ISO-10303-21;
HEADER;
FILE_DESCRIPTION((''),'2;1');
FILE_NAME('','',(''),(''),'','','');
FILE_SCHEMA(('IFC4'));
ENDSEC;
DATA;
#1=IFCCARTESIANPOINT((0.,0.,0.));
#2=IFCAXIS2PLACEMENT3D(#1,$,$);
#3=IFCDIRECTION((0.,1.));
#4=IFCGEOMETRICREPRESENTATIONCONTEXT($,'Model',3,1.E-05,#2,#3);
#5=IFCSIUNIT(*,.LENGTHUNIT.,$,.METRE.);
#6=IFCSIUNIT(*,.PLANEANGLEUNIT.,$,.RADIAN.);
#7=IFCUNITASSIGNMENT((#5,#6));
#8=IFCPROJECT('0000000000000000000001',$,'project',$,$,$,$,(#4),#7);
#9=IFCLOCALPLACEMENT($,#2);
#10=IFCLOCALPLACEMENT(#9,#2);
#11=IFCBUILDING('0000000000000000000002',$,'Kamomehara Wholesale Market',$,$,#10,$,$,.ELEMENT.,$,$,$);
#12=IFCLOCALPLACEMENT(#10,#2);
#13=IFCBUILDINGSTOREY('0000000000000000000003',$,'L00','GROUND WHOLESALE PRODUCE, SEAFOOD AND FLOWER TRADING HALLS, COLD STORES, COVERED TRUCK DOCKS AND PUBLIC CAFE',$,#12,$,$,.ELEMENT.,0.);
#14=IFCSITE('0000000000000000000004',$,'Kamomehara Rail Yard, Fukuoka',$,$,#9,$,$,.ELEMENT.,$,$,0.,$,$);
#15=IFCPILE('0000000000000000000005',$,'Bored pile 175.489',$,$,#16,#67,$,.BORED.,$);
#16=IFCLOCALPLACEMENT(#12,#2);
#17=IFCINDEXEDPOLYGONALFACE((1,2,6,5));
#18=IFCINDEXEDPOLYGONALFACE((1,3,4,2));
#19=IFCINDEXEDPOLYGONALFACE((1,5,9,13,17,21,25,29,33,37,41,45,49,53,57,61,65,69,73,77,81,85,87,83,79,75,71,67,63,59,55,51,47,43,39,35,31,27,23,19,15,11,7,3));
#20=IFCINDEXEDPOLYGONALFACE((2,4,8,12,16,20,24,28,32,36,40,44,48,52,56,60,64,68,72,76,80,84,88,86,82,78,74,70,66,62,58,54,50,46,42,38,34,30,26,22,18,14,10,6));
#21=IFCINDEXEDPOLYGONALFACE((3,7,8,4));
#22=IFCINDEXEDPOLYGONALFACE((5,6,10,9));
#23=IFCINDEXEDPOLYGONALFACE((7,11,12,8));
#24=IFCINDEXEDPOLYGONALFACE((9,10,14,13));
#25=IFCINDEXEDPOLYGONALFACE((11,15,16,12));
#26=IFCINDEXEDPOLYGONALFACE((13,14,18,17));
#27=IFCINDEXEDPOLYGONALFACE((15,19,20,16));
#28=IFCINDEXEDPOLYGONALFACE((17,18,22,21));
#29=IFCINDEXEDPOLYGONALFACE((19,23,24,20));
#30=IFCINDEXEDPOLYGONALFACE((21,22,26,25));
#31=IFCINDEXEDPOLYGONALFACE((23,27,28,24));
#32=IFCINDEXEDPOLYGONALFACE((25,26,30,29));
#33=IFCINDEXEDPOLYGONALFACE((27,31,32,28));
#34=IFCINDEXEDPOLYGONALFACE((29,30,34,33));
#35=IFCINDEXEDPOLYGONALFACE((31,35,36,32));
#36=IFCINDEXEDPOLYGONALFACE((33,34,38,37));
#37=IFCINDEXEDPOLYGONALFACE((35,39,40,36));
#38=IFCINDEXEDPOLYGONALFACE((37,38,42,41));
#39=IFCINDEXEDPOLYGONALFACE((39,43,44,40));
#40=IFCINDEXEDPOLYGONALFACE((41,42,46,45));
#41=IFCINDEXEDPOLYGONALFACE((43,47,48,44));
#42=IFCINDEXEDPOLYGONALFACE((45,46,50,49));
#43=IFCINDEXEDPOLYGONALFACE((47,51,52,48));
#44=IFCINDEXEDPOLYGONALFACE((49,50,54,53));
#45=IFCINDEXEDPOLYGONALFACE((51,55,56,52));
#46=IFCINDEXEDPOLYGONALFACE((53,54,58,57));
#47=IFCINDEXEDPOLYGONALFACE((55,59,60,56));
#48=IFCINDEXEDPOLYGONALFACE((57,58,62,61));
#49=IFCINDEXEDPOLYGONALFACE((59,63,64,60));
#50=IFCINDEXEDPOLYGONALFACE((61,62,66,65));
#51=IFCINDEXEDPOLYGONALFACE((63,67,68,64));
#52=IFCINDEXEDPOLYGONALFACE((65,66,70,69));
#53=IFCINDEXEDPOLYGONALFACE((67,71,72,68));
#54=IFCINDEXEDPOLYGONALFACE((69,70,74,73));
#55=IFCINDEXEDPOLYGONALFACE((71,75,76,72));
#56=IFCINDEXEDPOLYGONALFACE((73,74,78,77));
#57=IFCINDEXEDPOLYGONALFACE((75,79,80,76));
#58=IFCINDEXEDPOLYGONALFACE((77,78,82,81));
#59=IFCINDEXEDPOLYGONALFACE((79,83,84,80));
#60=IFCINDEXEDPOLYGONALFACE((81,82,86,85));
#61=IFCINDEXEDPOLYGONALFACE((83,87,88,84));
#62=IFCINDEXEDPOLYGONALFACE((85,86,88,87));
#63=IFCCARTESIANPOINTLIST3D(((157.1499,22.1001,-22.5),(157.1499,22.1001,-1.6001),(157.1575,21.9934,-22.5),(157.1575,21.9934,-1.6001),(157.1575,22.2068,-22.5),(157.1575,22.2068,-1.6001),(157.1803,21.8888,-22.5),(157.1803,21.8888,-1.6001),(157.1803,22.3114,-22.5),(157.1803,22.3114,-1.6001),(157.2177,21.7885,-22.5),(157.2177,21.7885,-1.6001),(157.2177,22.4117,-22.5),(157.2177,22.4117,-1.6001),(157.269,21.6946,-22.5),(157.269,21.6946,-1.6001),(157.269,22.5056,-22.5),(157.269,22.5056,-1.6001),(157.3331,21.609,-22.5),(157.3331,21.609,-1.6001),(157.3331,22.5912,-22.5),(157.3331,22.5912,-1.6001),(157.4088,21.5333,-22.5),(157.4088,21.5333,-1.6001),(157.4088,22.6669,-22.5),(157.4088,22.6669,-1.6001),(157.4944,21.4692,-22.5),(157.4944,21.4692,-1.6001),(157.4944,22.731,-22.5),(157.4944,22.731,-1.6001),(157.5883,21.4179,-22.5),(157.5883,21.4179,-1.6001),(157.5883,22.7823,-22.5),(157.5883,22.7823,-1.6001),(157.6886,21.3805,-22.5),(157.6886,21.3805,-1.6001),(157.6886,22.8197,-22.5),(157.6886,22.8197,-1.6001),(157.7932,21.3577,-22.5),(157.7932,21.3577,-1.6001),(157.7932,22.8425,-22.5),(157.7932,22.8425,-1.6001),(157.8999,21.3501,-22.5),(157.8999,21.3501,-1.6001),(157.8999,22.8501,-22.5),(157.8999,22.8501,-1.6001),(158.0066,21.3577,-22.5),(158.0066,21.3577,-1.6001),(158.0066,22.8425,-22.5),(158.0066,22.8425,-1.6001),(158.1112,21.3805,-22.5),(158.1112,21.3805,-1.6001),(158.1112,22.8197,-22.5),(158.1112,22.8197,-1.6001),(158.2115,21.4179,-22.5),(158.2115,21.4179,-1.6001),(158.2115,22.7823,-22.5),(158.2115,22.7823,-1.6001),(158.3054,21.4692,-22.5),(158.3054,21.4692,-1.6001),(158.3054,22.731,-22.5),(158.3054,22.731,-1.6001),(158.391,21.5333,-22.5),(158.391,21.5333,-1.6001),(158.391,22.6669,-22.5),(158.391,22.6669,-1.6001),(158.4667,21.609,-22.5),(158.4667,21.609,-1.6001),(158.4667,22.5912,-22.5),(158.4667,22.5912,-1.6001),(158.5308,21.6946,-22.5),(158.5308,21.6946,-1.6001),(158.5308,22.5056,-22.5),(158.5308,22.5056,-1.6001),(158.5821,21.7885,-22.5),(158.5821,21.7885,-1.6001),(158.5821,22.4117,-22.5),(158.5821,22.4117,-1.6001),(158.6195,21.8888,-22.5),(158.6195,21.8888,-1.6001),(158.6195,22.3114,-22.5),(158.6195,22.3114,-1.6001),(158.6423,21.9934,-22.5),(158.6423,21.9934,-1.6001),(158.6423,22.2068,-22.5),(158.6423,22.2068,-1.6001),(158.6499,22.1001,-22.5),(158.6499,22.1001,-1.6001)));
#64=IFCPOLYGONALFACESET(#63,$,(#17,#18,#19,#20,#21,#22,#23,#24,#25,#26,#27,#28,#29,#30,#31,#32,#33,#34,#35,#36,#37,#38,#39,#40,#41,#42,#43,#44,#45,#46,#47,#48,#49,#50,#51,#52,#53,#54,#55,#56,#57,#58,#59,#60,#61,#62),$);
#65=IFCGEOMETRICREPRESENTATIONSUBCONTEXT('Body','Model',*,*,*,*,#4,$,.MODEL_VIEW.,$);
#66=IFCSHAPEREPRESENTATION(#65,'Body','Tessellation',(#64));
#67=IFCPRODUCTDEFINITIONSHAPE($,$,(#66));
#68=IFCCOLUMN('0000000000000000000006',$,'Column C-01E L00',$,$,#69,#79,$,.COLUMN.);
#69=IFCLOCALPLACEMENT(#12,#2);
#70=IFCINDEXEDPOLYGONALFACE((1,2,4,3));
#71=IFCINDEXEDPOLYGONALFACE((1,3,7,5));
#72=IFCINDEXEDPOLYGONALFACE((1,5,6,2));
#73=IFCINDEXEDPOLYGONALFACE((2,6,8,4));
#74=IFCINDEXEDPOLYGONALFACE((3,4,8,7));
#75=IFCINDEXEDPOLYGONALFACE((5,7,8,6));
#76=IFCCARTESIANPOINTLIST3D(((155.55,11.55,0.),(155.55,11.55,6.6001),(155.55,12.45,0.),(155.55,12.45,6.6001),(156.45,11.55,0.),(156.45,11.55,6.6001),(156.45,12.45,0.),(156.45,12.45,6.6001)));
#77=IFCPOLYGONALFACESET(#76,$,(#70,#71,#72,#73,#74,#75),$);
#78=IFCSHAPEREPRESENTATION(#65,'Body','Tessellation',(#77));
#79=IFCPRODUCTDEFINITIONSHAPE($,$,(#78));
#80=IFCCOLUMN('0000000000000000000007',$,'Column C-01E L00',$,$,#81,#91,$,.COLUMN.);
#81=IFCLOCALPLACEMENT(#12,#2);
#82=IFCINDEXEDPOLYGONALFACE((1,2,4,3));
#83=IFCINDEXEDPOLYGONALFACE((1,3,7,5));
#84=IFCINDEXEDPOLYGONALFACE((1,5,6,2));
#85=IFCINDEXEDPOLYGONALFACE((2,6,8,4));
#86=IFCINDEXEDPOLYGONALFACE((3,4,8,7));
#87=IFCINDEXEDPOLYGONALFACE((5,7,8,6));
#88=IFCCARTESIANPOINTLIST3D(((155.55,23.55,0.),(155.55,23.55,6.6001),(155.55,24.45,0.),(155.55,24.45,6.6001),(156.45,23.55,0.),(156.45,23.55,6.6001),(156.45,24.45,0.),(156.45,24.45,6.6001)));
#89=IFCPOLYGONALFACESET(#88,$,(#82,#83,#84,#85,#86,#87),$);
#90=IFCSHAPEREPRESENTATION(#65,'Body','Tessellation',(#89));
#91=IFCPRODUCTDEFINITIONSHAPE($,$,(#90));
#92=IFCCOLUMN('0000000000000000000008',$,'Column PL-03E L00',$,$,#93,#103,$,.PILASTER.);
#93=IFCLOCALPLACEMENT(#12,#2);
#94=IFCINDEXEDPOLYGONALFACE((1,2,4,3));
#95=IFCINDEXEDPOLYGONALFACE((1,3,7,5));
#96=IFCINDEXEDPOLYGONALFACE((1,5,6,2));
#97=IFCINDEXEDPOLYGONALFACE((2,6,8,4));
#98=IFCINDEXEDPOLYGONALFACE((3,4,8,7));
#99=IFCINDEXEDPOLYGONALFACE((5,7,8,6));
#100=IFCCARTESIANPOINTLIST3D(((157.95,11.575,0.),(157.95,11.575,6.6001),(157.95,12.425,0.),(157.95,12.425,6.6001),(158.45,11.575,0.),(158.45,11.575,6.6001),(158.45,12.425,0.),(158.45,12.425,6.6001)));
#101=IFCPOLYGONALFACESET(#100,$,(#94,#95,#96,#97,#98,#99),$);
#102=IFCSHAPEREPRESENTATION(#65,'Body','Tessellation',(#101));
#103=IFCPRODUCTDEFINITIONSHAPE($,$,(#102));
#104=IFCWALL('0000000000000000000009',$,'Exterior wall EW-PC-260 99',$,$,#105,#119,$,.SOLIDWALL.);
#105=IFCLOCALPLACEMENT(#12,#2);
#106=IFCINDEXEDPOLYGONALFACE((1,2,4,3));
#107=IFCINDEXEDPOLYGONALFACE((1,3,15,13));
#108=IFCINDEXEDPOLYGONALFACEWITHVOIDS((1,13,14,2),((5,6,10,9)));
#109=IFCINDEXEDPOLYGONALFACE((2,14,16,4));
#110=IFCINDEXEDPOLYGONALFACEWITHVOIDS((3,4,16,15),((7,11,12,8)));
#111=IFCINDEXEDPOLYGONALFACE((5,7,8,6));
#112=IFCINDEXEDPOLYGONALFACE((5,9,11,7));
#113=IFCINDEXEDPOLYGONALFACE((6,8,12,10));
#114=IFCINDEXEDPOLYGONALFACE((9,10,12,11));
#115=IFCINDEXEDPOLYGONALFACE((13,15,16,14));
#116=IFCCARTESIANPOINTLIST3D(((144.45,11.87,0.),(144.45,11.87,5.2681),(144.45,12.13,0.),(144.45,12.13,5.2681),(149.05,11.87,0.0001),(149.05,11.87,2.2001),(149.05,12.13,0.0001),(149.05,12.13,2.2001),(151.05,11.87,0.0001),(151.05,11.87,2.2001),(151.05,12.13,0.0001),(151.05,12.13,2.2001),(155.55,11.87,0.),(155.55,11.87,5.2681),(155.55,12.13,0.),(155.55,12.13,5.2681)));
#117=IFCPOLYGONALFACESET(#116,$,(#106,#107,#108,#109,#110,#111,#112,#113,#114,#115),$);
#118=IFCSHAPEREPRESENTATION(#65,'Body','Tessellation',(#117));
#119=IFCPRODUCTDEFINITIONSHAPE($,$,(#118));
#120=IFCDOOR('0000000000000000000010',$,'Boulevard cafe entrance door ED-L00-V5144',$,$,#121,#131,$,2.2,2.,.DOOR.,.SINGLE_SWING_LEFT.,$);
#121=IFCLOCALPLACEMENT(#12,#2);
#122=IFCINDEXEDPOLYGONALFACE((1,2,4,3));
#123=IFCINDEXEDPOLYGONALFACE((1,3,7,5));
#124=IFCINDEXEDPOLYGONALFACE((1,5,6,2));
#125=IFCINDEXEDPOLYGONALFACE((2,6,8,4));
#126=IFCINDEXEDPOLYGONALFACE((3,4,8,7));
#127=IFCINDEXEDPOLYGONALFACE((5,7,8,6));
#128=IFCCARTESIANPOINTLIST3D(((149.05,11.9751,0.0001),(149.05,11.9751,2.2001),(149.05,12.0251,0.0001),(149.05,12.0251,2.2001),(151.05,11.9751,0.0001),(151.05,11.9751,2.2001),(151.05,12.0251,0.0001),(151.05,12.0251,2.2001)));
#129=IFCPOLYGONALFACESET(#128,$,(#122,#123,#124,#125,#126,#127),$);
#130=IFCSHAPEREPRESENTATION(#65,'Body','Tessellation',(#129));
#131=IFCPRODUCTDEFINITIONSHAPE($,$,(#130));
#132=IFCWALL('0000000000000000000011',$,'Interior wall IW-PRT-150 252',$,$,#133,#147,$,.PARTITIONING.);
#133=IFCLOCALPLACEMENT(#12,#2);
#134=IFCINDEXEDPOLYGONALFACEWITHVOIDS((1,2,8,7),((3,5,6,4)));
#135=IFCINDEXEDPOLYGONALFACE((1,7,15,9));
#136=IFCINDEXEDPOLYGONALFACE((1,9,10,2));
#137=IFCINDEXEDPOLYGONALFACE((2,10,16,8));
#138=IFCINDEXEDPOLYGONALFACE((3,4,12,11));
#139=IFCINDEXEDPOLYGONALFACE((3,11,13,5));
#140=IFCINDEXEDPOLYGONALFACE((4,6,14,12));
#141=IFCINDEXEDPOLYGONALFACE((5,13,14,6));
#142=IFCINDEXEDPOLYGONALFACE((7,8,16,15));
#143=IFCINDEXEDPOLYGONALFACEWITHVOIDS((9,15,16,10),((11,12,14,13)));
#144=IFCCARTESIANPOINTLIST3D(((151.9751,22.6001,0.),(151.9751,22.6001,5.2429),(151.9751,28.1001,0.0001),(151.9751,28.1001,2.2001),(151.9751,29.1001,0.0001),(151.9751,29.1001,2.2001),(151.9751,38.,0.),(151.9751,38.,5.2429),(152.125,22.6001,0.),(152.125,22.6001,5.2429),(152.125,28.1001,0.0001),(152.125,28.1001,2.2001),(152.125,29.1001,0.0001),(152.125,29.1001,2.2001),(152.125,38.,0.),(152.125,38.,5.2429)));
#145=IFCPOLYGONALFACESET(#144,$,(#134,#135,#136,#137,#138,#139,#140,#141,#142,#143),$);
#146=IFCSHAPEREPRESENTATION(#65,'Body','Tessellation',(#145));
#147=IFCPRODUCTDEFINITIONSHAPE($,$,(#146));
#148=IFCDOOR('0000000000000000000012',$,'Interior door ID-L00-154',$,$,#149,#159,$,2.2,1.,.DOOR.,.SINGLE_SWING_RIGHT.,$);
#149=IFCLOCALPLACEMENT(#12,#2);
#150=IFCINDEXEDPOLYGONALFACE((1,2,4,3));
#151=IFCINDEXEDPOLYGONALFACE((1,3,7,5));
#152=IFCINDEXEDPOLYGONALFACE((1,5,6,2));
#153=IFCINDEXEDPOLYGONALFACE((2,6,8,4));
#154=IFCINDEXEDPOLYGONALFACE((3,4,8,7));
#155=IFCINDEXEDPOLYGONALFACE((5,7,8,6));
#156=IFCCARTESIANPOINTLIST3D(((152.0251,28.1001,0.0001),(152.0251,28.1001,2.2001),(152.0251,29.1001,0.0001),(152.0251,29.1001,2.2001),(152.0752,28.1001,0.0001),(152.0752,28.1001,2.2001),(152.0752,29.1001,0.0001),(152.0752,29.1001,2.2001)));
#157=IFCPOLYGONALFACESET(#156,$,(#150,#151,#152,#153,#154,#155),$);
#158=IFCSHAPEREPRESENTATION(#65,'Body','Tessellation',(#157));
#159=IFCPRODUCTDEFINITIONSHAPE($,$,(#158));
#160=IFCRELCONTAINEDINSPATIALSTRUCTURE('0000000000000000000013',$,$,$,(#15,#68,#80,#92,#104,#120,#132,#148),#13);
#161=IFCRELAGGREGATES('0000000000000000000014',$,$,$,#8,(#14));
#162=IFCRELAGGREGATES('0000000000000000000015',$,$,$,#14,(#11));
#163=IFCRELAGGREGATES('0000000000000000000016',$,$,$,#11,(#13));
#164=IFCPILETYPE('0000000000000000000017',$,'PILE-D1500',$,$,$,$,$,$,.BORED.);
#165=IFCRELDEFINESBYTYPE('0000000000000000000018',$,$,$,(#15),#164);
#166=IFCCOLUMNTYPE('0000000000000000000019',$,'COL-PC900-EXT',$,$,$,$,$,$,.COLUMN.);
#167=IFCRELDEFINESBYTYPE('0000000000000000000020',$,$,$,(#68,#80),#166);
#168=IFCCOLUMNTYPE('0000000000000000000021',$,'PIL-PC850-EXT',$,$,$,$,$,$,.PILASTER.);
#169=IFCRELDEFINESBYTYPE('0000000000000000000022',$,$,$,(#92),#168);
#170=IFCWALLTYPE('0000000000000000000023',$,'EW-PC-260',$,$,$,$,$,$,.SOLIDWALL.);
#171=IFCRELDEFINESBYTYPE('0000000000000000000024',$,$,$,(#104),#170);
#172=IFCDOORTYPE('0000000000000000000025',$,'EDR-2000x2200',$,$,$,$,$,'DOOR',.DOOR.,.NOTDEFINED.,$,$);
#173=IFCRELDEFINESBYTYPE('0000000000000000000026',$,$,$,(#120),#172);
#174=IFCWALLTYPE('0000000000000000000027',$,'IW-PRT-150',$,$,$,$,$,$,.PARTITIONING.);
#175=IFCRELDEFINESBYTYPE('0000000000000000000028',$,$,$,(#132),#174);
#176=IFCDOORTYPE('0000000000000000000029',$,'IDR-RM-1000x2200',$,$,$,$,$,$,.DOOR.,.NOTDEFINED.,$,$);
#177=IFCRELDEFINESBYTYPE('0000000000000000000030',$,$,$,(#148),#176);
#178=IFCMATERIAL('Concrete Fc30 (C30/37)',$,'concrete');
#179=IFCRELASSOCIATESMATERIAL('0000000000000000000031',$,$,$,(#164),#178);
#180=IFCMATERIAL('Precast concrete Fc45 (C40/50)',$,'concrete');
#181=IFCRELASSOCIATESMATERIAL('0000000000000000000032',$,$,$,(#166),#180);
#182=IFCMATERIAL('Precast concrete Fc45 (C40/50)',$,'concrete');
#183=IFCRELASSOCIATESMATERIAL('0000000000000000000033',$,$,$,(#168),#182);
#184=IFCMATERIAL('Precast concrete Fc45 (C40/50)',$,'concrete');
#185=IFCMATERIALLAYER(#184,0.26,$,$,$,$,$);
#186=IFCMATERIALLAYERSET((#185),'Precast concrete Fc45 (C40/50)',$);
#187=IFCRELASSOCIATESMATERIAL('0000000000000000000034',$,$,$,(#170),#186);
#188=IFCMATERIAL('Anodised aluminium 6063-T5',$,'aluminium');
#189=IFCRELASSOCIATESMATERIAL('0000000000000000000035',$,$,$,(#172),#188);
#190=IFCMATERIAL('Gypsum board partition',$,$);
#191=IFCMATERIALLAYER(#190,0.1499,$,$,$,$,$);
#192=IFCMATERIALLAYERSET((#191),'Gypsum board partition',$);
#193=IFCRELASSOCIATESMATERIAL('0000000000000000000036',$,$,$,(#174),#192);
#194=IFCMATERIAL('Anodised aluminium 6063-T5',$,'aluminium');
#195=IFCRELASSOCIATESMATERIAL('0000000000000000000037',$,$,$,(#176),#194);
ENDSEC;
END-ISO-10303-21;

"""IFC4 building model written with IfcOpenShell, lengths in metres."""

from ifc_helpers import new_model, si_unit, direction, frame, frame_2d, origin, origin_2d, place, context, subcontext, project, spatial, rectangle, circle, extrude, material, layer, layer_set, material_profile, profile_set, type_object, element, fill, save


model = new_model("IFC4")

# Units and contexts
model_context = context("Model", 3, precision=1e-05, world=origin(), true_north=direction((0.0, 1.0)))
body_context = subcontext(model_context, "Body", "Model", "MODEL_VIEW")
ifc_project = project(units=[si_unit("LENGTHUNIT", "METRE"), si_unit("PLANEANGLEUNIT", "RADIAN")], contexts=[model_context])

# Site, building, storey
site_placement = place(None, origin())
site = spatial("IfcSite", under=ifc_project, at=site_placement, Name="Kamomehara Rail Yard, Fukuoka", CompositionType="ELEMENT", RefElevation=0.0)
building_placement = place(site_placement, origin())
building = spatial("IfcBuilding", under=site, at=building_placement, Name="Kamomehara Wholesale Market", CompositionType="ELEMENT")
storey_placement = place(building_placement, origin())
storey = spatial("IfcBuildingStorey", under=building, at=storey_placement, Name="L00", Description="GROUND WHOLESALE PRODUCE, SEAFOOD AND FLOWER TRADING HALLS, COLD STORES, COVERED TRUCK DOCKS AND PUBLIC CAFE", CompositionType="ELEMENT", Elevation=0.0)

# Pile
ifc_material_1 = material(Name="Concrete Fc30 (C30/37)", Category="concrete")
ifc_material_profile_1 = material_profile(ifc_material_1, circle(Radius=0.75, at=origin_2d()), Name="RC-PILE-D1500")
ifc_profile_set_1 = profile_set([ifc_material_profile_1], Name="Concrete Fc30 (C30/37)")
pile_type_1 = type_object("IfcPileType", Name="PILE-D1500", PredefinedType="BORED", material=ifc_profile_set_1)
for number, where, z_axis, x_axis, name in (
    (1, (157.8999, 22.1001, -1.6001), (0.0, 0.0, -1.0), (1.0, 0.0, 0.0), "Bored pile 175.489"),
):
    element("IfcPile", number, at=place(storey_placement, frame(where, z_axis=z_axis, x_axis=x_axis)), inside=storey, type_object=pile_type_1, Name=name, PredefinedType="BORED", context=body_context, shape_type="SweptSolid", body=[
        extrude(circle(Radius=0.75, at=origin_2d()), origin(), (0.0, 0.0, 1.0), 20.8999),
    ])

# Columns
ifc_material_2 = material(Name="Precast concrete Fc45 (C40/50)", Category="concrete")
ifc_material_profile_2 = material_profile(ifc_material_2, rectangle(XDim=0.8999, YDim=0.8999, at=origin_2d()), Name="PC-COL-900x900")
ifc_profile_set_2 = profile_set([ifc_material_profile_2], Name="Precast concrete Fc45 (C40/50)")
column_type_1 = type_object("IfcColumnType", Name="COL-PC900-EXT", PredefinedType="COLUMN", material=ifc_profile_set_2)
for number, where, z_axis, x_axis, name in (
    (2, (156.0, 12.0, 0.0), (0.0, 0.0, 1.0), (1.0, 0.0, 0.0), "Column C-01E L00"),
    (3, (156.0, 24.0, 0.0), (0.0, 0.0, 1.0), (1.0, 0.0, 0.0), "Column C-01E L00"),
):
    element("IfcColumn", number, at=place(storey_placement, frame(where, z_axis=z_axis, x_axis=x_axis)), inside=storey, type_object=column_type_1, Name=name, PredefinedType="COLUMN", context=body_context, shape_type="SweptSolid", body=[
        extrude(rectangle(XDim=0.8999, YDim=0.8999, at=origin_2d()), origin(), (0.0, 0.0, 1.0), 6.6001),
    ])
ifc_material_3 = material(Name="Precast concrete Fc45 (C40/50)", Category="concrete")
ifc_material_profile_3 = material_profile(ifc_material_3, rectangle(XDim=0.5, YDim=0.8501, at=origin_2d()), Name="PC-PIL-500x850")
ifc_profile_set_3 = profile_set([ifc_material_profile_3], Name="Precast concrete Fc45 (C40/50)")
column_type_2 = type_object("IfcColumnType", Name="PIL-PC850-EXT", PredefinedType="PILASTER", material=ifc_profile_set_3)
column_placement = place(storey_placement, frame((158.2, 12.0, 0.0), z_axis=(0.0, 0.0, 1.0), x_axis=(1.0, 0.0, 0.0)))
element("IfcColumn", 4, at=column_placement, inside=storey, type_object=column_type_2, Name="Column PL-03E L00", PredefinedType="PILASTER", context=body_context, shape_type="SweptSolid", body=[
    extrude(rectangle(XDim=0.5, YDim=0.8501, at=origin_2d()), origin(), (0.0, 0.0, 1.0), 6.6001),
])

# Walls, openings, doors
ifc_material_4 = material(Name="Precast concrete Fc45 (C40/50)", Category="concrete")
ifc_layer_1 = layer(ifc_material_4, 0.26)
ifc_layer_set_1 = layer_set([ifc_layer_1], Name="Precast concrete Fc45 (C40/50)")
wall_type_1 = type_object("IfcWallType", Name="EW-PC-260", PredefinedType="SOLIDWALL", material=ifc_layer_set_1)
wall_1_placement = place(storey_placement, frame((155.55, 12.0, 0.0), z_axis=(0.0, 0.0, 1.0), x_axis=(-1.0, 0.0, 0.0)))
wall_1 = element("IfcWall", 5, at=wall_1_placement, inside=storey, type_object=wall_type_1, Name="Exterior wall EW-PC-260 99", PredefinedType="SOLIDWALL", context=body_context, shape_type="SweptSolid", body=[
    extrude(rectangle(XDim=11.1001, YDim=0.26, at=frame_2d((5.55, 0.0))), origin(), (0.0, 0.0, 1.0), 5.2681),
])
opening_1_placement = place(wall_1_placement, frame((4.5, 0.0, 0.0)))
opening_1 = element("IfcOpeningElement", 6, at=opening_1_placement, cuts=wall_1, PredefinedType="OPENING", context=body_context, shape_type="SweptSolid", body=[
    extrude(rectangle(XDim=2.0, YDim=2.2, at=frame_2d((1.0, 1.1001))), frame((0.0, 0.145, 0.0), z_axis=(0.0, -1.0, 0.0), x_axis=(1.0, 0.0, 0.0)), (0.0, 0.0, 1.0), 0.2898),
])
ifc_material_5 = material(Name="Anodised aluminium 6063-T5", Category="aluminium")
door_type_1 = type_object("IfcDoorType", Name="EDR-2000x2200", ElementType="DOOR", OperationType="NOTDEFINED", PredefinedType="DOOR", material=ifc_material_5)
door_1_placement = place(opening_1_placement, origin())
door_1 = element("IfcDoor", 7, at=door_1_placement, inside=storey, type_object=door_type_1, Name="Boulevard cafe entrance door ED-L00-V5144", OperationType="SINGLE_SWING_LEFT", OverallHeight=2.2, OverallWidth=2.0, PredefinedType="DOOR", context=body_context, shape_type="SweptSolid", body=[
    extrude(rectangle(XDim=2.0, YDim=2.2, at=frame_2d((1.0, 1.1001))), frame((0.0, 0.0249, 0.0), z_axis=(0.0, -1.0, 0.0), x_axis=(1.0, 0.0, 0.0)), (0.0, 0.0, 1.0), 0.05),
])
fill(opening_1, door_1)
ifc_material_6 = material(Name="Gypsum board partition")
ifc_layer_2 = layer(ifc_material_6, 0.1499)
ifc_layer_set_2 = layer_set([ifc_layer_2], Name="Gypsum board partition")
wall_type_2 = type_object("IfcWallType", Name="IW-PRT-150", PredefinedType="PARTITIONING", material=ifc_layer_set_2)
wall_2_placement = place(storey_placement, frame((152.05, 22.6001, 0.0), z_axis=(0.0, 0.0, 1.0), x_axis=(0.0, 1.0, 0.0)))
wall_2 = element("IfcWall", 8, at=wall_2_placement, inside=storey, type_object=wall_type_2, Name="Interior wall IW-PRT-150 252", PredefinedType="PARTITIONING", context=body_context, shape_type="SweptSolid", body=[
    extrude(rectangle(XDim=15.3999, YDim=0.1499, at=frame_2d((7.7, 0.0))), origin(), (0.0, 0.0, 1.0), 5.2429),
])
opening_2_placement = place(wall_2_placement, frame((5.5, 0.0, 0.0)))
opening_2 = element("IfcOpeningElement", 9, at=opening_2_placement, cuts=wall_2, PredefinedType="OPENING", context=body_context, shape_type="SweptSolid", body=[
    extrude(rectangle(XDim=1.0, YDim=2.2, at=frame_2d((0.5, 1.1001))), frame((0.0, 0.0898, 0.0), z_axis=(0.0, -1.0, 0.0), x_axis=(1.0, 0.0, 0.0)), (0.0, 0.0, 1.0), 0.1797),
])
ifc_material_7 = material(Name="Anodised aluminium 6063-T5", Category="aluminium")
door_type_2 = type_object("IfcDoorType", Name="IDR-RM-1000x2200", OperationType="NOTDEFINED", PredefinedType="DOOR", material=ifc_material_7)
door_2_placement = place(opening_2_placement, origin())
door_2 = element("IfcDoor", 10, at=door_2_placement, inside=storey, type_object=door_type_2, Name="Interior door ID-L00-154", OperationType="SINGLE_SWING_RIGHT", OverallHeight=2.2, OverallWidth=1.0, PredefinedType="DOOR", context=body_context, shape_type="SweptSolid", body=[
    extrude(rectangle(XDim=1.0, YDim=2.2, at=frame_2d((0.5, 1.1001))), frame((0.0, 0.0249, 0.0), z_axis=(0.0, -1.0, 0.0), x_axis=(1.0, 0.0, 0.0)), (0.0, 0.0, 1.0), 0.05),
])
fill(opening_2, door_2)

save(model, "model.ifc")
